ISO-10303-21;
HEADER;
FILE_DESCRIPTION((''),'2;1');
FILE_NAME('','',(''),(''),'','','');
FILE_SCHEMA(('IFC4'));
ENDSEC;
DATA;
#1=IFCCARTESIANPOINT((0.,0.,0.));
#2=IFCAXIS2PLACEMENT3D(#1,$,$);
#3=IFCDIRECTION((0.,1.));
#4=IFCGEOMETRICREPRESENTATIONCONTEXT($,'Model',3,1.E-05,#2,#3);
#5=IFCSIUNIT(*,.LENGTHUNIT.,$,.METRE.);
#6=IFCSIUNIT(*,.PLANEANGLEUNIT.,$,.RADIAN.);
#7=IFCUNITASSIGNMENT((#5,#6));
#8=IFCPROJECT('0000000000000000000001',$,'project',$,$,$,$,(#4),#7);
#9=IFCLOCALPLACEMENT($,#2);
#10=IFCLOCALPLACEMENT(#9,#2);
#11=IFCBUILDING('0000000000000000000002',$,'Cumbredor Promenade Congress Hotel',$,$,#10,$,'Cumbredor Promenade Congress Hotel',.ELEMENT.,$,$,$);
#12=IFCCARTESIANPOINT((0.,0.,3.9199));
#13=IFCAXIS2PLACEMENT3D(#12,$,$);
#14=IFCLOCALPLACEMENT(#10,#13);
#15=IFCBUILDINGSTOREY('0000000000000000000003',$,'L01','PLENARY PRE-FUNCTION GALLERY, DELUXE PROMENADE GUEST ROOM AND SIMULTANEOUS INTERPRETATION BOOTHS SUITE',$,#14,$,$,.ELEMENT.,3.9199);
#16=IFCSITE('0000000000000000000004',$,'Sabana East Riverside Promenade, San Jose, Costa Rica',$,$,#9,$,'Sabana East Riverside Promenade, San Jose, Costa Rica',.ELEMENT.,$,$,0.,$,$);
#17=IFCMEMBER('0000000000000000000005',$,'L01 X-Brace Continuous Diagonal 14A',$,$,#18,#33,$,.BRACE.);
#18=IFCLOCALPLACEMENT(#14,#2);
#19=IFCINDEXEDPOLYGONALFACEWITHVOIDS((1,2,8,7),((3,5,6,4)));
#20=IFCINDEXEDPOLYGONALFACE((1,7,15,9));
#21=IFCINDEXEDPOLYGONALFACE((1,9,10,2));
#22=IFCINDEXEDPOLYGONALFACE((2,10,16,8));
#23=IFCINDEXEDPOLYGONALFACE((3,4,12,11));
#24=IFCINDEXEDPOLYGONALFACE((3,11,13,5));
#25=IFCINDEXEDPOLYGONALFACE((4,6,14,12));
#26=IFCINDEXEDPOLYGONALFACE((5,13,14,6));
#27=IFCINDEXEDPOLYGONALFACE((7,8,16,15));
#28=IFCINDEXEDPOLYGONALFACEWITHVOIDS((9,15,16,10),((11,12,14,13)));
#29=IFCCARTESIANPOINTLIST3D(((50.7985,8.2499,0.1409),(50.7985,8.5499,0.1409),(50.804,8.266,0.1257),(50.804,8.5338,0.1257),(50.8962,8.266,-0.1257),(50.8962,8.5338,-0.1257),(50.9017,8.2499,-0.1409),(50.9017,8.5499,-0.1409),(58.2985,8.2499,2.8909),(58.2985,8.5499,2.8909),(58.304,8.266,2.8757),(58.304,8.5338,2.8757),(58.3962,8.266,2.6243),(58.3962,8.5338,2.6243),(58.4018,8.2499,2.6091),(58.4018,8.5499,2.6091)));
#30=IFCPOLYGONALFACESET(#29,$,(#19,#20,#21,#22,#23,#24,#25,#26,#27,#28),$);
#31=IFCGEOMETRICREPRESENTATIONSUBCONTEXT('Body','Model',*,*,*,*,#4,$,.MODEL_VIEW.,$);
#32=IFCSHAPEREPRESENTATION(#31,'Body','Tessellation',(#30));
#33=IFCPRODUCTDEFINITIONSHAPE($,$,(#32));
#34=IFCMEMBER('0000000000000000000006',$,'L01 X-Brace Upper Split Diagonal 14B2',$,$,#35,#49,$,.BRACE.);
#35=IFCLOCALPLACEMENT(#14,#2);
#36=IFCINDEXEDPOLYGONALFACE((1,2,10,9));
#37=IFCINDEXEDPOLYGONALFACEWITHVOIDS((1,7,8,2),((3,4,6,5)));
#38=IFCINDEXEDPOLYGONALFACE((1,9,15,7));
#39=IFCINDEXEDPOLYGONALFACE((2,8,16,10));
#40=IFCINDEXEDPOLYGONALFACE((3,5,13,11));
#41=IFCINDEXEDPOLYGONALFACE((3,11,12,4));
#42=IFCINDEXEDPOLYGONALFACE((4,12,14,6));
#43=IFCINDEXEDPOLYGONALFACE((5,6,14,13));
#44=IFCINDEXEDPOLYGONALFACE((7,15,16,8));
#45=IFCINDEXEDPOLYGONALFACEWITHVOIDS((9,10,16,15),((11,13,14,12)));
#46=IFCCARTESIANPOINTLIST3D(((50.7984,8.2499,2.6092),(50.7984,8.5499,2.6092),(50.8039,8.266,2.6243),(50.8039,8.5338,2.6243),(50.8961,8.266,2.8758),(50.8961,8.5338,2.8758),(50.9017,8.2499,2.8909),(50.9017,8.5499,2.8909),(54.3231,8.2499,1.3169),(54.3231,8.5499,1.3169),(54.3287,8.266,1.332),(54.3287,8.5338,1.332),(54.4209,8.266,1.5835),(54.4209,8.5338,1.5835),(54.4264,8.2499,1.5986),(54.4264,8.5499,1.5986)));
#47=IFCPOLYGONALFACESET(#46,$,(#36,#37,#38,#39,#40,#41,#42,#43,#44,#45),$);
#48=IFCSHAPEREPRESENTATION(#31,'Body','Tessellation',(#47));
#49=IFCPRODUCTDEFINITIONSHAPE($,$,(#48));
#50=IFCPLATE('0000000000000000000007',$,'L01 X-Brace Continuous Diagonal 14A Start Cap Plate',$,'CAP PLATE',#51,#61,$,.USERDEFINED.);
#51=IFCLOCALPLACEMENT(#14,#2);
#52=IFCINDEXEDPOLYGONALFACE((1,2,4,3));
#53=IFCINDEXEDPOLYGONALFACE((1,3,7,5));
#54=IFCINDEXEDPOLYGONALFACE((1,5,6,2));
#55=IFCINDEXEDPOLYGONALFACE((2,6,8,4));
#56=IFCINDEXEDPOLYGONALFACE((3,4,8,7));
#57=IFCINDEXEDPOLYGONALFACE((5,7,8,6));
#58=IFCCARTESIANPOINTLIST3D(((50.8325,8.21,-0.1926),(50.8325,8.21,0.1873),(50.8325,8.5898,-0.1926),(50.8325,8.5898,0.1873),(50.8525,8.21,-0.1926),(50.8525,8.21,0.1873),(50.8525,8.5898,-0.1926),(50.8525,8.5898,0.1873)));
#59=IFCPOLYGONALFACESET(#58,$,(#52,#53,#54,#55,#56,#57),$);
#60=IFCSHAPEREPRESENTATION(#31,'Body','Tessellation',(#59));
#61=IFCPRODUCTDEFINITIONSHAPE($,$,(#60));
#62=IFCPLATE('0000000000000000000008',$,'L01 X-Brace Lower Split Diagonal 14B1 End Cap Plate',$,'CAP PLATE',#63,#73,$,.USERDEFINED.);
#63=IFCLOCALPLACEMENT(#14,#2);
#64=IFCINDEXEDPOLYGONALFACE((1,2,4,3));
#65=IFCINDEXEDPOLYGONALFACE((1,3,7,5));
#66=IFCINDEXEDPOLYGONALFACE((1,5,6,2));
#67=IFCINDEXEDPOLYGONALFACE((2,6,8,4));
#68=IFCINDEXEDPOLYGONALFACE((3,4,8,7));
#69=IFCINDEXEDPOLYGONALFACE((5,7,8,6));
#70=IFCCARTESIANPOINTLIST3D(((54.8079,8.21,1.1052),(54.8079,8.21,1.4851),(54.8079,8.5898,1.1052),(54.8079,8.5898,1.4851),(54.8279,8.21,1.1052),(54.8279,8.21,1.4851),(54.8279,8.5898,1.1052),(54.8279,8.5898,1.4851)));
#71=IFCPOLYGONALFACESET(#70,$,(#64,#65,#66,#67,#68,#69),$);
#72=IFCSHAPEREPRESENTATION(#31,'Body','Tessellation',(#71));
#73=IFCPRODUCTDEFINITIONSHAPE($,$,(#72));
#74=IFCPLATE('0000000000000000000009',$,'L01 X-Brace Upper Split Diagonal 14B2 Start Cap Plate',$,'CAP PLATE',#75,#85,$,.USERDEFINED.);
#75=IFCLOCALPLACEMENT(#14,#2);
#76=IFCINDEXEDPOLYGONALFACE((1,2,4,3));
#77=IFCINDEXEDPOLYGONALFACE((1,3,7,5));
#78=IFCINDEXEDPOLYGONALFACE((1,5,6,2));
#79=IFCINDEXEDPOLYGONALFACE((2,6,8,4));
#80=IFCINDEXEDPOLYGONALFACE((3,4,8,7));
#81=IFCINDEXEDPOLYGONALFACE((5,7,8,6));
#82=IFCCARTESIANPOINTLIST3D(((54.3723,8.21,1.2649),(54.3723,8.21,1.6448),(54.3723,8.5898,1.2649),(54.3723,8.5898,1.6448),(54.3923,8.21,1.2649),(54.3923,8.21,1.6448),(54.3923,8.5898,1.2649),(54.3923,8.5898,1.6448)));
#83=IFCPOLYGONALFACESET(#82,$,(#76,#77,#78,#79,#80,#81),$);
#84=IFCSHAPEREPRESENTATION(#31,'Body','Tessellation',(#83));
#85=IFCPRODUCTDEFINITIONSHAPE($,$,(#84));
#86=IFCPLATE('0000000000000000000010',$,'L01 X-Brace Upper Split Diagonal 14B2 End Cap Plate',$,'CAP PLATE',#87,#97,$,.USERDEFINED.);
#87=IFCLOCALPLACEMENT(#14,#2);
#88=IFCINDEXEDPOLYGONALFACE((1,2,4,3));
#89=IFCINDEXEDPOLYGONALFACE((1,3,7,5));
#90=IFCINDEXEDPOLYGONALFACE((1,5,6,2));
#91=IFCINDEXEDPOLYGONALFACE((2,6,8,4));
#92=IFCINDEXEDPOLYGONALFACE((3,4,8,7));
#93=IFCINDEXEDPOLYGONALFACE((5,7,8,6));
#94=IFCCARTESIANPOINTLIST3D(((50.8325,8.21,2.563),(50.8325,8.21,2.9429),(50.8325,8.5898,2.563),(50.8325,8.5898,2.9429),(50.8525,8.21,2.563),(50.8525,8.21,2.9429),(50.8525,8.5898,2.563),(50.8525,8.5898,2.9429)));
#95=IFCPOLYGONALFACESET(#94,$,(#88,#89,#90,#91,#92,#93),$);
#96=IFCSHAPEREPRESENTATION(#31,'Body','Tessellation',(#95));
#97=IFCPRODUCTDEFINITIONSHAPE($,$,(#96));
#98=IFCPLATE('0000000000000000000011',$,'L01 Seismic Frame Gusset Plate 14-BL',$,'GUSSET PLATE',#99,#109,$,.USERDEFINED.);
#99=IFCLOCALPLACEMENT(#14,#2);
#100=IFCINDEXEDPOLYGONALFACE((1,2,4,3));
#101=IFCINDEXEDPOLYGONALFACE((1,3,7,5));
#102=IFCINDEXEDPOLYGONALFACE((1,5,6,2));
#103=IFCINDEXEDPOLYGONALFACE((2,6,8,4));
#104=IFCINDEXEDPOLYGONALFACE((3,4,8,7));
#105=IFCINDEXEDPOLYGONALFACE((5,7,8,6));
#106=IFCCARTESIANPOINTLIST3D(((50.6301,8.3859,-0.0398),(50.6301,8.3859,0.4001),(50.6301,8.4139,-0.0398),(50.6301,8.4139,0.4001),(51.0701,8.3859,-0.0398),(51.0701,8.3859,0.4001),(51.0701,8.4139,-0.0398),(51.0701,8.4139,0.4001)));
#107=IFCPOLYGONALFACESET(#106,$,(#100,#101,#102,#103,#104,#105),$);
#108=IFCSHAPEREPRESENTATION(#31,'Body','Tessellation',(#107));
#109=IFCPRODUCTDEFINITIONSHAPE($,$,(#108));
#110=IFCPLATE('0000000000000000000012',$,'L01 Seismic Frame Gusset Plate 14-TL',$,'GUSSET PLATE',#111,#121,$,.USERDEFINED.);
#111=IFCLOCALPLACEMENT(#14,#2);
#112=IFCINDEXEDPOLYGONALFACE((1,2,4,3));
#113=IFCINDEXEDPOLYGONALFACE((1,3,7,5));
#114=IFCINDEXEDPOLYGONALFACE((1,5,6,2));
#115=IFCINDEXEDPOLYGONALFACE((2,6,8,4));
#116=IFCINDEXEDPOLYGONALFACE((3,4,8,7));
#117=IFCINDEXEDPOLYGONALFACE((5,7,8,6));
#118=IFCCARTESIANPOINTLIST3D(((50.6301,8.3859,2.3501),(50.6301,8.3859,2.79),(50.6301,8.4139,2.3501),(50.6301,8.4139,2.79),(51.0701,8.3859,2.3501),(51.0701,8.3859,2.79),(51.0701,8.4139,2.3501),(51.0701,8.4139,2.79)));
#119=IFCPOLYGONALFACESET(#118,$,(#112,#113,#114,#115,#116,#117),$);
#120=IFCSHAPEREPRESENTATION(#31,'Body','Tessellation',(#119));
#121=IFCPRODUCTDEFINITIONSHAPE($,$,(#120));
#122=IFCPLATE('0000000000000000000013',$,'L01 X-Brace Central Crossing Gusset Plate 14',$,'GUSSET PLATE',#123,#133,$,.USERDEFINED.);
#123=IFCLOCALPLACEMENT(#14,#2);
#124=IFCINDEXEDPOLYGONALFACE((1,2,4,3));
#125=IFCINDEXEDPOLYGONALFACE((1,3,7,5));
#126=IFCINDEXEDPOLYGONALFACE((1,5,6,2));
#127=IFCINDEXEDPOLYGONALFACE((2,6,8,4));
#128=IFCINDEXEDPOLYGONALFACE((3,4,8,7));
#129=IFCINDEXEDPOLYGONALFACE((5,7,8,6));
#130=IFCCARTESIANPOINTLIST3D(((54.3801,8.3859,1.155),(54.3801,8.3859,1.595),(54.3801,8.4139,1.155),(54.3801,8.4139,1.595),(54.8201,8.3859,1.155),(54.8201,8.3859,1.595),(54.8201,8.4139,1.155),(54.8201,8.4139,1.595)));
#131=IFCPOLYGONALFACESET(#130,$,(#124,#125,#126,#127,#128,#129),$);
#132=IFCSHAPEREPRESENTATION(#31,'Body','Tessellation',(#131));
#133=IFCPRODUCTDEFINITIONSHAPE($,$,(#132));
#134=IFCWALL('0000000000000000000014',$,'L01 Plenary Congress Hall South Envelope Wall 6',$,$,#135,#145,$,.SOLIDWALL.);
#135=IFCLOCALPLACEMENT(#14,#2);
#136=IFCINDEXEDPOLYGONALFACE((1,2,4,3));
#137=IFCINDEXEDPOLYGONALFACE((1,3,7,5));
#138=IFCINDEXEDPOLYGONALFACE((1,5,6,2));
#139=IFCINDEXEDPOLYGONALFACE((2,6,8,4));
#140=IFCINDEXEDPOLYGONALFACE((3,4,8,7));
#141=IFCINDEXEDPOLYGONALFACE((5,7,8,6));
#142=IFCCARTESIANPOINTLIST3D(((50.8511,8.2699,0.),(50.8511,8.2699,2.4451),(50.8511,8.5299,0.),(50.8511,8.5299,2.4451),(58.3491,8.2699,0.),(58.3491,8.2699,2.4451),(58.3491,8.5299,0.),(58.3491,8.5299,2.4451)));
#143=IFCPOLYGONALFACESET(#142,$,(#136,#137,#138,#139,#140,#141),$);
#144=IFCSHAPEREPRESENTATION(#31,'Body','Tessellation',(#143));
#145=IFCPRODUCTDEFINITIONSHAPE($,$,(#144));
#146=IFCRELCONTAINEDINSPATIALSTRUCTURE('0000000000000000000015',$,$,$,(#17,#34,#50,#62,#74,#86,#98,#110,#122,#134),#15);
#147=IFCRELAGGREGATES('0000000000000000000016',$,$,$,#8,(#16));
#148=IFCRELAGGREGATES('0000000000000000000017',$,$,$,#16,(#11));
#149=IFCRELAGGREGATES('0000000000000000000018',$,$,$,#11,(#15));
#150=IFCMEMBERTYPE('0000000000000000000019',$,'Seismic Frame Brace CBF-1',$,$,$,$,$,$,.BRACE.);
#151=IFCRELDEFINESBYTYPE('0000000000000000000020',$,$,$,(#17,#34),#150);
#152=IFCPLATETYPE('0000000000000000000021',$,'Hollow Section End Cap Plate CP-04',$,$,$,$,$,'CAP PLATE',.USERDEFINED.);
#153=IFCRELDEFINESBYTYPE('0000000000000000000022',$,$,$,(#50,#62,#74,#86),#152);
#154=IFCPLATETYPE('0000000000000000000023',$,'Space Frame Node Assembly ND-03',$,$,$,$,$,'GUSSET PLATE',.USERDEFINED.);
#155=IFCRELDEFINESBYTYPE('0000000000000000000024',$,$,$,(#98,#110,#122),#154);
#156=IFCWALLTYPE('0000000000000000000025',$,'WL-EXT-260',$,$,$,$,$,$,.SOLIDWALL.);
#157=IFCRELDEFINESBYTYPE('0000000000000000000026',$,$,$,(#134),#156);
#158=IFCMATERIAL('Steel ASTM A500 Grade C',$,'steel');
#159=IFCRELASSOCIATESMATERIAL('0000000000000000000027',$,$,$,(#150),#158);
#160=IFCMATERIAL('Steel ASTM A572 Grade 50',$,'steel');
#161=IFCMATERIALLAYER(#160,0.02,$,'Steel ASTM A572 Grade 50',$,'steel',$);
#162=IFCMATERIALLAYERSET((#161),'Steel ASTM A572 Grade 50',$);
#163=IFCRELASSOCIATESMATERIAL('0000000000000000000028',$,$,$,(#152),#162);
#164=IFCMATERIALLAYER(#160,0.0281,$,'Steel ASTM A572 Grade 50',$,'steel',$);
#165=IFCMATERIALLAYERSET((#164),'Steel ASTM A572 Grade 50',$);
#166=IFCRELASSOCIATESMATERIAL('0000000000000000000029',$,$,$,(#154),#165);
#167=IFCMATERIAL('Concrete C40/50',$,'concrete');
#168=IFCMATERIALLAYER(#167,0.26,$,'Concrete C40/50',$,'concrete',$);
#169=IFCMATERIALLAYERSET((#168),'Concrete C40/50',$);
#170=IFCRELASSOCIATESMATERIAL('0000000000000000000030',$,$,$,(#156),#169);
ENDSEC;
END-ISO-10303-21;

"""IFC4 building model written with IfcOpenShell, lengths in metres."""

from ifc_helpers import new_model, si_unit, direction, frame, frame_2d, origin, origin_2d, place, context, subcontext, project, spatial, rectangle, hollow_rectangle, extrude, material, layer, layer_set, material_profile, profile_set, type_object, element, save


model = new_model("IFC4")

# Units and contexts
model_context = context("Model", 3, precision=1e-05, world=origin(), true_north=direction((0.0, 1.0)))
body_context = subcontext(model_context, "Body", "Model", "MODEL_VIEW")
ifc_project = project(units=[si_unit("LENGTHUNIT", "METRE"), si_unit("PLANEANGLEUNIT", "RADIAN")], contexts=[model_context])

# Site, building, storey
site_placement = place(None, origin())
site = spatial("IfcSite", under=ifc_project, at=site_placement, Name="Sabana East Riverside Promenade, San Jose, Costa Rica", LongName="Sabana East Riverside Promenade, San Jose, Costa Rica", CompositionType="ELEMENT", RefElevation=0.0)
building_placement = place(site_placement, origin())
building = spatial("IfcBuilding", under=site, at=building_placement, Name="Cumbredor Promenade Congress Hotel", LongName="Cumbredor Promenade Congress Hotel", CompositionType="ELEMENT")
storey_placement = place(building_placement, frame((0.0, 0.0, 3.9199)))
storey = spatial("IfcBuildingStorey", under=building, at=storey_placement, Name="L01", Description="PLENARY PRE-FUNCTION GALLERY, DELUXE PROMENADE GUEST ROOM AND SIMULTANEOUS INTERPRETATION BOOTHS SUITE", CompositionType="ELEMENT", Elevation=3.9199)

# Shared definitions
ifc_material_1 = material(Name="Concrete C40/50", Category="concrete")

# Members
ifc_material_2 = material(Name="Steel ASTM A500 Grade C", Category="steel")
ifc_material_profile_1 = material_profile(ifc_material_2, hollow_rectangle(XDim=0.3, YDim=0.3, WallThickness=0.0161, at=origin_2d()), Name="HSS 300x300x16")
ifc_profile_set_1 = profile_set([ifc_material_profile_1], Name="Steel ASTM A500 Grade C")
member_type_1 = type_object("IfcMemberType", Name="Seismic Frame Brace CBF-1", PredefinedType="BRACE", material=ifc_profile_set_1)
member_1_placement = place(storey_placement, frame((50.8501, 8.3999, 0.0), z_axis=(0.938876, 0.0, 0.344255), x_axis=(0.0, 1.0, 0.0)))
element("IfcMember", 1, at=member_1_placement, inside=storey, type_object=member_type_1, Name="L01 X-Brace Continuous Diagonal 14A", PredefinedType="BRACE", context=body_context, shape_type="SweptSolid", body=[
    extrude(hollow_rectangle(XDim=0.3, YDim=0.3, WallThickness=0.0161, at=origin_2d()), origin(), (0.0, 0.0, 1.0), 7.9883),
])
member_2_placement = place(storey_placement, frame((54.3748, 8.3999, 1.4578), z_axis=(-0.938888, 0.0, 0.344222), x_axis=(0.0, -1.0, 0.0)))
element("IfcMember", 2, at=member_2_placement, inside=storey, type_object=member_type_1, Name="L01 X-Brace Upper Split Diagonal 14B2", PredefinedType="BRACE", context=body_context, shape_type="SweptSolid", body=[
    extrude(hollow_rectangle(XDim=0.3, YDim=0.3, WallThickness=0.0161, at=origin_2d()), origin(), (0.0, 0.0, 1.0), 3.7542),
])

# Plates
ifc_material_3 = material(Name="Steel ASTM A572 Grade 50", Category="steel")
ifc_layer_1 = layer(ifc_material_3, 0.02, Name="Steel ASTM A572 Grade 50", Category="steel")
ifc_layer_set_1 = layer_set([ifc_layer_1], Name="Steel ASTM A572 Grade 50")
plate_type_1 = type_object("IfcPlateType", Name="Hollow Section End Cap Plate CP-04", ElementType="CAP PLATE", PredefinedType="USERDEFINED", material=ifc_layer_set_1)
for number, where, z_axis, x_axis, name in (
    (3, (50.8425, 8.3999, -0.1926), (0.0, 0.0, 1.0), (1.0, 0.0, 0.0), "L01 X-Brace Continuous Diagonal 14A Start Cap Plate"),
    (4, (54.8179, 8.3999, 1.1052), (0.0, 0.0, 1.0), (-1.0, 0.0, 0.0), "L01 X-Brace Lower Split Diagonal 14B1 End Cap Plate"),
    (5, (54.3823, 8.3999, 1.2649), (0.0, 0.0, 1.0), (-1.0, 0.0, 0.0), "L01 X-Brace Upper Split Diagonal 14B2 Start Cap Plate"),
    (6, (50.8425, 8.3999, 2.563), (0.0, 0.0, 1.0), (-1.0, 0.0, 0.0), "L01 X-Brace Upper Split Diagonal 14B2 End Cap Plate"),
):
    element("IfcPlate", number, at=place(storey_placement, frame(where, z_axis=z_axis, x_axis=x_axis)), inside=storey, type_object=plate_type_1, Name=name, ObjectType="CAP PLATE", PredefinedType="USERDEFINED", context=body_context, shape_type="SweptSolid", body=[
        extrude(rectangle(XDim=0.02, YDim=0.3799, at=origin_2d()), origin(), (0.0, 0.0, 1.0), 0.3799),
    ])
ifc_layer_2 = layer(ifc_material_3, 0.0281, Name="Steel ASTM A572 Grade 50", Category="steel")
ifc_layer_set_2 = layer_set([ifc_layer_2], Name="Steel ASTM A572 Grade 50")
plate_type_2 = type_object("IfcPlateType", Name="Space Frame Node Assembly ND-03", ElementType="GUSSET PLATE", PredefinedType="USERDEFINED", material=ifc_layer_set_2)
for number, where, z_axis, x_axis, name in (
    (7, (50.8501, 8.3999, -0.0398), (0.0, 0.0, 1.0), (1.0, 0.0, 0.0), "L01 Seismic Frame Gusset Plate 14-BL"),
    (8, (50.8501, 8.3999, 2.3501), (0.0, 0.0, 1.0), (1.0, 0.0, 0.0), "L01 Seismic Frame Gusset Plate 14-TL"),
    (9, (54.6001, 8.3999, 1.155), (0.0, 0.0, 1.0), (1.0, 0.0, 0.0), "L01 X-Brace Central Crossing Gusset Plate 14"),
):
    element("IfcPlate", number, at=place(storey_placement, frame(where, z_axis=z_axis, x_axis=x_axis)), inside=storey, type_object=plate_type_2, Name=name, ObjectType="GUSSET PLATE", PredefinedType="USERDEFINED", context=body_context, shape_type="SweptSolid", body=[
        extrude(rectangle(XDim=0.4399, YDim=0.0281, at=origin_2d()), origin(), (0.0, 0.0, 1.0), 0.4399),
    ])

# Wall
ifc_layer_3 = layer(ifc_material_1, 0.26, Name="Concrete C40/50", Category="concrete")
ifc_layer_set_3 = layer_set([ifc_layer_3], Name="Concrete C40/50")
wall_type = type_object("IfcWallType", Name="WL-EXT-260", PredefinedType="SOLIDWALL", material=ifc_layer_set_3)
wall_placement = place(storey_placement, frame((50.8511, 8.3999, 0.0), z_axis=(0.0, 0.0, 1.0), x_axis=(1.0, 0.0, 0.0)))
element("IfcWall", 10, at=wall_placement, inside=storey, type_object=wall_type, Name="L01 Plenary Congress Hall South Envelope Wall 6", PredefinedType="SOLIDWALL", context=body_context, shape_type="SweptSolid", body=[
    extrude(rectangle(XDim=7.498, YDim=0.26, at=frame_2d((3.749, 0.0))), origin(), (0.0, 0.0, 1.0), 2.4451),
])

save(model, "model.ifc")
